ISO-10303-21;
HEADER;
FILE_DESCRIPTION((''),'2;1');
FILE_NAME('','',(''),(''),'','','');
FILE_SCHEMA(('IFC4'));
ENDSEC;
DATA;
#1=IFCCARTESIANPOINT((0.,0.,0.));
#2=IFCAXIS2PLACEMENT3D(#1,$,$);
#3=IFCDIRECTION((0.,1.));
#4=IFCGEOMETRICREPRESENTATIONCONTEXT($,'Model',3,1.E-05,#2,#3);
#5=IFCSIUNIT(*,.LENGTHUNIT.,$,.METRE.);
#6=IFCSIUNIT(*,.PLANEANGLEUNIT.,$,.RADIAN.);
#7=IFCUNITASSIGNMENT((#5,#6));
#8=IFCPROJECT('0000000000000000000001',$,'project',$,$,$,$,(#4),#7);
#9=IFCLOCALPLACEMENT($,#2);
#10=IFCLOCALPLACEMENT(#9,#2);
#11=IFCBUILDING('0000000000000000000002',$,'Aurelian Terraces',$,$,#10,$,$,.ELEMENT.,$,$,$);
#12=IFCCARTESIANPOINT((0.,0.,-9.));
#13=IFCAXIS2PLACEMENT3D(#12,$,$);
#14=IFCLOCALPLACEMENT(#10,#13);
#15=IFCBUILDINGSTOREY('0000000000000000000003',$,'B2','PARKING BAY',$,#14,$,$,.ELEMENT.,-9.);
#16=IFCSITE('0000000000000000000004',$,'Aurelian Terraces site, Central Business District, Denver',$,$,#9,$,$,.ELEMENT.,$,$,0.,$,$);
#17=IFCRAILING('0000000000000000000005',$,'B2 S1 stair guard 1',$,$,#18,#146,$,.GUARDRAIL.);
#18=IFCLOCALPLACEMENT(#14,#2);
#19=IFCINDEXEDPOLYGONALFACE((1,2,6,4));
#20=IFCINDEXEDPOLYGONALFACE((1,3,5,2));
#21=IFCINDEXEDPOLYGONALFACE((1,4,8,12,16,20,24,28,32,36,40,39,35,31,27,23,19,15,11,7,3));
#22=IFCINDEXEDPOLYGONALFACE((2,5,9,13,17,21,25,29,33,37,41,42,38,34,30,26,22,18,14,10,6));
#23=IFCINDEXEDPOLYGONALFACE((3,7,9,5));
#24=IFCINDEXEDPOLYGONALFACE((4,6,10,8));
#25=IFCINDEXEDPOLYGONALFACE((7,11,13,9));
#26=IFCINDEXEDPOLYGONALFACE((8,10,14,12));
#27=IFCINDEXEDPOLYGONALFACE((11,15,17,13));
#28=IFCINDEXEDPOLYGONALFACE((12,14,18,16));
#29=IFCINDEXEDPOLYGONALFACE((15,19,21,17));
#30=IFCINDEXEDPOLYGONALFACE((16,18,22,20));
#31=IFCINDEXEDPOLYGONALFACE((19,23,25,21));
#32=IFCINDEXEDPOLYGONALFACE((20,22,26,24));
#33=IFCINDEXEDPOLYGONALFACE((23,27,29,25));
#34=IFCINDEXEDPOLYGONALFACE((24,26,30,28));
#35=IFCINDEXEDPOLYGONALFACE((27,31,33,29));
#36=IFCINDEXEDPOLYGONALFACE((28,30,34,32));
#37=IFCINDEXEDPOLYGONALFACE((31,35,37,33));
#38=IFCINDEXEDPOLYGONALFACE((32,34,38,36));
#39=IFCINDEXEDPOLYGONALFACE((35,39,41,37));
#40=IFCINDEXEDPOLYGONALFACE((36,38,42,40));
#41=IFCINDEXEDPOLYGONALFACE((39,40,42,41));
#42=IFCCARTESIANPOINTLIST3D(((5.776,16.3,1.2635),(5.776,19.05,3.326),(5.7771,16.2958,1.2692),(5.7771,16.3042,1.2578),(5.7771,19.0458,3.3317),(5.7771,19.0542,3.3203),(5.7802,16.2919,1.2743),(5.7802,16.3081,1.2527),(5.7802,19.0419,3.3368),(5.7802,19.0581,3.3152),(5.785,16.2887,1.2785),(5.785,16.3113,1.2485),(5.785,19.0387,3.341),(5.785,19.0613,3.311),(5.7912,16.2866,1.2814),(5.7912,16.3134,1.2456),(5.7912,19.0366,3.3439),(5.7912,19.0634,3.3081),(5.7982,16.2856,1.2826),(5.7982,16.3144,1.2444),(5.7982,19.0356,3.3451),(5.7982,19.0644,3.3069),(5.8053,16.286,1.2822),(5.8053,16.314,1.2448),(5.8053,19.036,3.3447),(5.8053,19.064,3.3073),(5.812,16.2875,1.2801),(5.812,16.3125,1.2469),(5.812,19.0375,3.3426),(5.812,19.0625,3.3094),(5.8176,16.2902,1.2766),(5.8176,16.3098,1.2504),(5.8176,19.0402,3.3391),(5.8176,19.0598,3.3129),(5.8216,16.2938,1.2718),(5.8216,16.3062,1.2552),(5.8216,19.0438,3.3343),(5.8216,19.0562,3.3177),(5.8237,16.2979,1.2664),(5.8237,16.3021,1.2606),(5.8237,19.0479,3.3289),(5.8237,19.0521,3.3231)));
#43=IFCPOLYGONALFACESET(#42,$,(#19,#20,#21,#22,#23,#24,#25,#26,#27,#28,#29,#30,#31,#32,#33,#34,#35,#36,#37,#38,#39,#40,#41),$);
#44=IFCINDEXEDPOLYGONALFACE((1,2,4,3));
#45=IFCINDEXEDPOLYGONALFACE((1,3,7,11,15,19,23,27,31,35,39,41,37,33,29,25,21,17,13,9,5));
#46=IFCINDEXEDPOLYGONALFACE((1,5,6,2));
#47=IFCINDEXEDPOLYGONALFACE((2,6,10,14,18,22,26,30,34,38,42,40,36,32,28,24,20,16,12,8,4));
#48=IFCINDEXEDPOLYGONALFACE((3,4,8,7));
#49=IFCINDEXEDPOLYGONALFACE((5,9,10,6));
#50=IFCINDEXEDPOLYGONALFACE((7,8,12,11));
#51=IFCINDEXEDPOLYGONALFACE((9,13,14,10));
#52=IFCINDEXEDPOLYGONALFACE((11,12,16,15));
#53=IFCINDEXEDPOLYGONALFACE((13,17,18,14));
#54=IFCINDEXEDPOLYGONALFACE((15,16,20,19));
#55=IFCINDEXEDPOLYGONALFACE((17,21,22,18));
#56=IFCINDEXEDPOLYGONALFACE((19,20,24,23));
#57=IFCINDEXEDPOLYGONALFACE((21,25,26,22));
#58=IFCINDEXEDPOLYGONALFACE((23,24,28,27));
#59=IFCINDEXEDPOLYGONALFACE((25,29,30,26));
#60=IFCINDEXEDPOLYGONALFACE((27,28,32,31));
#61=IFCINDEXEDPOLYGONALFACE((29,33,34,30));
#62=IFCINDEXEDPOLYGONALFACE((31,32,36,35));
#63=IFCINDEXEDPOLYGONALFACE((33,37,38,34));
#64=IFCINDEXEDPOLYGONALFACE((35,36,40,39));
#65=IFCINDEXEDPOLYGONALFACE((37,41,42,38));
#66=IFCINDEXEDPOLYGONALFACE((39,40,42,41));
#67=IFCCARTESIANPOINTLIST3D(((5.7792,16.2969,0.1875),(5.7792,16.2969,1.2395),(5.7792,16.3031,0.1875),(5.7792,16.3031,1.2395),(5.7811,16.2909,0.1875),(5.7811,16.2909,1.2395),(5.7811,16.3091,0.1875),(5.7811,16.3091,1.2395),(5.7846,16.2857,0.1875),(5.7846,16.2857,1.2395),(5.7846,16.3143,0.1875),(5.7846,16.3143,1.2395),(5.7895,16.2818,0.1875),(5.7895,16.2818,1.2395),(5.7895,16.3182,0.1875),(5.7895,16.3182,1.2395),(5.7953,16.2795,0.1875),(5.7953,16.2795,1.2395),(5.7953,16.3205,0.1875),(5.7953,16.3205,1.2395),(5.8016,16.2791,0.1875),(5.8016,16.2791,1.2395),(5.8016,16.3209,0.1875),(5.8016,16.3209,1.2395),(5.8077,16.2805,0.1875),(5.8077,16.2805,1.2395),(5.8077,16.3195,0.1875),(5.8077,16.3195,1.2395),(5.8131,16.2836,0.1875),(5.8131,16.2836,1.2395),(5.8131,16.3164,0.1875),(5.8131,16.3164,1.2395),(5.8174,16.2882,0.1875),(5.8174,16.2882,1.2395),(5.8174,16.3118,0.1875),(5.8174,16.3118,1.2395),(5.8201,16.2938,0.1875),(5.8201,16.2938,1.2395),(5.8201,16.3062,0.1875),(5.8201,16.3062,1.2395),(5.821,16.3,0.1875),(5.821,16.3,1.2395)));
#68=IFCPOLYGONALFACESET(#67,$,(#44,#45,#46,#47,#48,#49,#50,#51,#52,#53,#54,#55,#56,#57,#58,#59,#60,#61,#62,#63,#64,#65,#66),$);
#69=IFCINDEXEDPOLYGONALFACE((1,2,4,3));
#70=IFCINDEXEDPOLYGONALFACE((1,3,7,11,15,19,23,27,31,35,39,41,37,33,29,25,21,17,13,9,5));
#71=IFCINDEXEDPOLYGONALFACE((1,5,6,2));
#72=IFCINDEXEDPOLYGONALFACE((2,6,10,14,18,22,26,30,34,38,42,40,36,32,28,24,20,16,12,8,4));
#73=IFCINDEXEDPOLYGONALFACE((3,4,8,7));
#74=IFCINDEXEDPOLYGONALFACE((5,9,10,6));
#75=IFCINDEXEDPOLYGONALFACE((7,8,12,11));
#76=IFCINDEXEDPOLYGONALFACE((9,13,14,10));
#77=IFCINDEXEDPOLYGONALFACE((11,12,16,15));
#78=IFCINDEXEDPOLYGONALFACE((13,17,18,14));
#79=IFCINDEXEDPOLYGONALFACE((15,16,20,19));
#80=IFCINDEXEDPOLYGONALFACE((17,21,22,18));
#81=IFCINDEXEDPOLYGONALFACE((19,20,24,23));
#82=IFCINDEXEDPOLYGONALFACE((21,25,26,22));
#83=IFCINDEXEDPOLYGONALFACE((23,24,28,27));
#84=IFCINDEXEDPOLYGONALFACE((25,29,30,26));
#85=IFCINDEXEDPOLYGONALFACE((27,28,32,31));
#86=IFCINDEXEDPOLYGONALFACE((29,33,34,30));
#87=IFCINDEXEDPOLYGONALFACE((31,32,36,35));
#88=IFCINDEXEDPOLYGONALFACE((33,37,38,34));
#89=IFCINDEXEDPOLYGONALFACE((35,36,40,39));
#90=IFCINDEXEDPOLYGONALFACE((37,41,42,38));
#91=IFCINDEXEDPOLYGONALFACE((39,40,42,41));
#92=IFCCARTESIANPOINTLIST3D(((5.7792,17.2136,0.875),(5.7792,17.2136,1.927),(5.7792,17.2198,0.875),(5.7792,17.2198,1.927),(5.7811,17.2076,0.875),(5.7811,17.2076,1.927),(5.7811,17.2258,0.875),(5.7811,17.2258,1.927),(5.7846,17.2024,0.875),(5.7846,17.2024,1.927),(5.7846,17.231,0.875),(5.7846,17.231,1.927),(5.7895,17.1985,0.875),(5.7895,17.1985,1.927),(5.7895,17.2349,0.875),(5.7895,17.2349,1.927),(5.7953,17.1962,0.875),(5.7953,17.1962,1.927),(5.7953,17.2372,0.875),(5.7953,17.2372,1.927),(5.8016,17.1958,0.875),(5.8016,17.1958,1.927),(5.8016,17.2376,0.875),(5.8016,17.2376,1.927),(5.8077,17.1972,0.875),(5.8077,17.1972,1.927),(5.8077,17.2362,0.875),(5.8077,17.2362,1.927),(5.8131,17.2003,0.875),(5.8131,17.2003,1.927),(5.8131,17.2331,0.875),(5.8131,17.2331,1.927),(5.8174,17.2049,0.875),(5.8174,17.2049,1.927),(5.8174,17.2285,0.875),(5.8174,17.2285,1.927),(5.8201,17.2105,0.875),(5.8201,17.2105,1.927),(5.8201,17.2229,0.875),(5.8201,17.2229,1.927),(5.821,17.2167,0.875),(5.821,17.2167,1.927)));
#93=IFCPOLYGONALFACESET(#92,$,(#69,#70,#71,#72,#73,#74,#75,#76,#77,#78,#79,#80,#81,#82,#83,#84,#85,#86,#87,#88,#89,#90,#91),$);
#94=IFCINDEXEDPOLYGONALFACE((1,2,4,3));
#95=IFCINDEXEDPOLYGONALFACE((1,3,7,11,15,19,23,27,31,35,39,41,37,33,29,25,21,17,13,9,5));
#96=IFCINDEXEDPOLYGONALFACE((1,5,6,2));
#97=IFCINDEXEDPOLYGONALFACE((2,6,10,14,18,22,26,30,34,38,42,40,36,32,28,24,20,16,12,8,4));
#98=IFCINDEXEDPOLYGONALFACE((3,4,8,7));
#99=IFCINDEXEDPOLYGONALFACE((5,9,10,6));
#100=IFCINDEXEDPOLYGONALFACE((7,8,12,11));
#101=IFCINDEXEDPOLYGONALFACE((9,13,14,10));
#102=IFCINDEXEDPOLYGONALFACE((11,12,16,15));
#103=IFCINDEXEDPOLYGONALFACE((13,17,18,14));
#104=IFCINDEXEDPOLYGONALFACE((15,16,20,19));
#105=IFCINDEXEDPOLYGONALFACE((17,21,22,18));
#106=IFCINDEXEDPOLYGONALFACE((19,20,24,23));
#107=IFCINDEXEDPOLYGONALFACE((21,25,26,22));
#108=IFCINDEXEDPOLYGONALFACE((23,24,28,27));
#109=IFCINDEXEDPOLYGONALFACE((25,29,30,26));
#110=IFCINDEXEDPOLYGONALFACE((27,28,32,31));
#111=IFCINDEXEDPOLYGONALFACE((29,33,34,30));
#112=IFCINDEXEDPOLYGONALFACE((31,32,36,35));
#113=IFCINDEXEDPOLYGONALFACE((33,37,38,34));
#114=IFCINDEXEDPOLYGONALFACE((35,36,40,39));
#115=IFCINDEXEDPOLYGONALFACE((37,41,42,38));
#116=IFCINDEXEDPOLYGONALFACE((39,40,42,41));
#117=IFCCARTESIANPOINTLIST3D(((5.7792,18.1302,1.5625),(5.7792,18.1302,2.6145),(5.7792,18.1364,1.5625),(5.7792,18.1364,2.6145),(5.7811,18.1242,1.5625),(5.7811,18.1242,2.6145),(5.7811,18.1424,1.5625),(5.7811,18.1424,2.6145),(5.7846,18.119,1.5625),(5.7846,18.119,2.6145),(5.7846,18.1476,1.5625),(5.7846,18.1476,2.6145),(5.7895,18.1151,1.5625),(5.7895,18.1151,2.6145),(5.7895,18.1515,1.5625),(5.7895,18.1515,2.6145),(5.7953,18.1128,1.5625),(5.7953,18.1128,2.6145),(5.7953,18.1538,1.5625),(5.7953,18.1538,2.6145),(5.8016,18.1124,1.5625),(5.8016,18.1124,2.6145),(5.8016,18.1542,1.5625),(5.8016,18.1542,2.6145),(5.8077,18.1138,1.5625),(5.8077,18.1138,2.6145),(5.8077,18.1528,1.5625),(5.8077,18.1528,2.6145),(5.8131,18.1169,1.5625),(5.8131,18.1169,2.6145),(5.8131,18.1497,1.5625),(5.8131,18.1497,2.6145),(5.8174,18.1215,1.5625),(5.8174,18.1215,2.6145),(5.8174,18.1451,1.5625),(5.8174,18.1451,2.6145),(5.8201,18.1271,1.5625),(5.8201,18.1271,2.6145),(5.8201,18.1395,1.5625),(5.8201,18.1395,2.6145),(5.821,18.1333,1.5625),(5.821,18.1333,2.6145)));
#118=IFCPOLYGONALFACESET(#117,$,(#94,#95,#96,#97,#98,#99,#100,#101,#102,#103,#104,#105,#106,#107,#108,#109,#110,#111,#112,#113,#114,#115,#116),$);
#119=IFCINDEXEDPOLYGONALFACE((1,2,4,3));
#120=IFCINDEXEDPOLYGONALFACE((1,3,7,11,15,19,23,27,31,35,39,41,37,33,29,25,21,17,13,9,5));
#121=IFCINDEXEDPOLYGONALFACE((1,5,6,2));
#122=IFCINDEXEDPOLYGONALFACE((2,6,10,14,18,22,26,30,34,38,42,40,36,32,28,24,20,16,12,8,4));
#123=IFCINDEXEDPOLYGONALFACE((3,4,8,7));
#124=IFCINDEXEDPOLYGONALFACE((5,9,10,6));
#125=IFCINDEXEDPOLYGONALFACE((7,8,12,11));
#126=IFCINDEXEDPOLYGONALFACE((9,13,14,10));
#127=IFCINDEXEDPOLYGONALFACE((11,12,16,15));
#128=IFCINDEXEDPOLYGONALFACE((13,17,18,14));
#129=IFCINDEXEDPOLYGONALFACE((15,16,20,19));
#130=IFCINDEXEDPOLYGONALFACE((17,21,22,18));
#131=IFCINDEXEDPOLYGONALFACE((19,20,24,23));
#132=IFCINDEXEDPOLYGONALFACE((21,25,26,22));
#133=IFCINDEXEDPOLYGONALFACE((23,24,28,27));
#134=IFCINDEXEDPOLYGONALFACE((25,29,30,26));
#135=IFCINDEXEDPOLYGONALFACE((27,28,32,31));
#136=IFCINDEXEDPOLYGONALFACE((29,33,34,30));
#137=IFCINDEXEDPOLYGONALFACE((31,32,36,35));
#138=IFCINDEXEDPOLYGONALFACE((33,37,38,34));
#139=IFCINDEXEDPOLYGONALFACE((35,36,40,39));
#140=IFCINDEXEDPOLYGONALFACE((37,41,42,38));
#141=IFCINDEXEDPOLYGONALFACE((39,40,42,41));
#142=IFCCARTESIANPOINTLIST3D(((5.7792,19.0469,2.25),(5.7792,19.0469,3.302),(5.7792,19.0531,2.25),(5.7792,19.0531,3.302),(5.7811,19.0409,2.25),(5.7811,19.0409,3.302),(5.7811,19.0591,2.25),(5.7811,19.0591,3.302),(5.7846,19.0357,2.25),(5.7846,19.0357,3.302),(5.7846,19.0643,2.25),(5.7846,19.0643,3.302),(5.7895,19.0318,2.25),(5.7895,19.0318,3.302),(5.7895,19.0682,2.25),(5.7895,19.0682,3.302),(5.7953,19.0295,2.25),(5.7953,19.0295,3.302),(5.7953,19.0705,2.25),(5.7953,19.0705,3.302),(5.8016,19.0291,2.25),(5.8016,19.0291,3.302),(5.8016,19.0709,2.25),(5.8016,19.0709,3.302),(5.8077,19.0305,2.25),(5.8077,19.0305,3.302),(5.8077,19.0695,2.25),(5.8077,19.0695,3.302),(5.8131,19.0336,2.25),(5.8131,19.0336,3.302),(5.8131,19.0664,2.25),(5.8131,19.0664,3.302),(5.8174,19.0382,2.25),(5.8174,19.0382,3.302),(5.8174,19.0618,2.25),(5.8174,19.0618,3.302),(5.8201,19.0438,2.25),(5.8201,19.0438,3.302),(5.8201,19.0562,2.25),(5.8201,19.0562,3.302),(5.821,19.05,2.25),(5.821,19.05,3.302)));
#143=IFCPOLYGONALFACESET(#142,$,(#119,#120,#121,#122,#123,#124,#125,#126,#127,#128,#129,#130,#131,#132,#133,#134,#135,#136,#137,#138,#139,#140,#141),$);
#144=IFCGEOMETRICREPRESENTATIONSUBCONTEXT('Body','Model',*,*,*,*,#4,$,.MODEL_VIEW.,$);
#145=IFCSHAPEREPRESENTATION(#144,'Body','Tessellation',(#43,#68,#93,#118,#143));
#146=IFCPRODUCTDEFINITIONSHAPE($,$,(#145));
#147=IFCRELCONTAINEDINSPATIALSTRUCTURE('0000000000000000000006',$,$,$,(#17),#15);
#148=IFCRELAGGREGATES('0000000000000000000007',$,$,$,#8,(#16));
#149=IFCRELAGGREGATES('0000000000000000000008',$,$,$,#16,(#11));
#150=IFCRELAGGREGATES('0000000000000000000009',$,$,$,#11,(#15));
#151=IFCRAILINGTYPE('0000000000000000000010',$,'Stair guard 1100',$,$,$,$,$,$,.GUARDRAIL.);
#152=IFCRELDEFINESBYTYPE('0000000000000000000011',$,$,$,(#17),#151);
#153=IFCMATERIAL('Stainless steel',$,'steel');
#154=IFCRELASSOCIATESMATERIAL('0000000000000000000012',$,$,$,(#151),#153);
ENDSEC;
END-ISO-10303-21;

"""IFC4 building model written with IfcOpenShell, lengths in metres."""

from ifc_helpers import new_model, si_unit, direction, frame, origin, origin_2d, place, context, subcontext, project, spatial, circle, extrude, source, transform, mapped, material, type_object, element, save


model = new_model("IFC4")

# Units and contexts
model_context = context("Model", 3, precision=1e-05, world=origin(), true_north=direction((0.0, 1.0)))
body_context = subcontext(model_context, "Body", "Model", "MODEL_VIEW")
ifc_project = project(units=[si_unit("LENGTHUNIT", "METRE"), si_unit("PLANEANGLEUNIT", "RADIAN")], contexts=[model_context])

# Site, building, storey
site_placement = place(None, origin())
site = spatial("IfcSite", under=ifc_project, at=site_placement, Name="Aurelian Terraces site, Central Business District, Denver", CompositionType="ELEMENT", RefElevation=0.0)
building_placement = place(site_placement, origin())
building = spatial("IfcBuilding", under=site, at=building_placement, Name="Aurelian Terraces", CompositionType="ELEMENT")
storey_placement = place(building_placement, frame((0.0, 0.0, -9.0)))
storey = spatial("IfcBuildingStorey", under=building, at=storey_placement, Name="B2", Description="PARKING BAY", CompositionType="ELEMENT", Elevation=-9.0)

# Shared definitions
ifc_material_1 = material(Name="Stainless steel", Category="steel")

# Railing
railing_type_1 = type_object("IfcRailingType", Name="Stair guard 1100", PredefinedType="GUARDRAIL", material=ifc_material_1)
shared_shape_1 = source(origin(), body_context, "Body", "SweptSolid", [
    extrude(circle(Radius=0.024, at=origin_2d()), frame((0.0, 0.0, 1.076), z_axis=(0.0, 0.8, 0.6), x_axis=(-1.0, 0.0, 0.0)), (0.0, 0.0, 1.0), 3.4375),
    extrude(circle(Radius=0.021, at=origin_2d()), origin(), (0.0, 0.0, 1.0), 1.052),
    extrude(circle(Radius=0.021, at=origin_2d()), frame((0.0, 0.9167, 0.6875)), (0.0, 0.0, 1.0), 1.052),
    extrude(circle(Radius=0.021, at=origin_2d()), frame((0.0, 1.8333, 1.375)), (0.0, 0.0, 1.0), 1.052),
    extrude(circle(Radius=0.021, at=origin_2d()), frame((0.0, 2.75, 2.0625)), (0.0, 0.0, 1.0), 1.052),
])
railing_1_placement = place(storey_placement, frame((5.8, 16.3, 0.1875)))
element("IfcRailing", 1, at=railing_1_placement, inside=storey, type_object=railing_type_1, Name="B2 S1 stair guard 1", PredefinedType="GUARDRAIL", context=body_context, shape_type="MappedRepresentation", body=[
    mapped(shared_shape_1, transform((0.0, 0.0, 0.0), scale=1.0)),
])

save(model, "model.ifc")
